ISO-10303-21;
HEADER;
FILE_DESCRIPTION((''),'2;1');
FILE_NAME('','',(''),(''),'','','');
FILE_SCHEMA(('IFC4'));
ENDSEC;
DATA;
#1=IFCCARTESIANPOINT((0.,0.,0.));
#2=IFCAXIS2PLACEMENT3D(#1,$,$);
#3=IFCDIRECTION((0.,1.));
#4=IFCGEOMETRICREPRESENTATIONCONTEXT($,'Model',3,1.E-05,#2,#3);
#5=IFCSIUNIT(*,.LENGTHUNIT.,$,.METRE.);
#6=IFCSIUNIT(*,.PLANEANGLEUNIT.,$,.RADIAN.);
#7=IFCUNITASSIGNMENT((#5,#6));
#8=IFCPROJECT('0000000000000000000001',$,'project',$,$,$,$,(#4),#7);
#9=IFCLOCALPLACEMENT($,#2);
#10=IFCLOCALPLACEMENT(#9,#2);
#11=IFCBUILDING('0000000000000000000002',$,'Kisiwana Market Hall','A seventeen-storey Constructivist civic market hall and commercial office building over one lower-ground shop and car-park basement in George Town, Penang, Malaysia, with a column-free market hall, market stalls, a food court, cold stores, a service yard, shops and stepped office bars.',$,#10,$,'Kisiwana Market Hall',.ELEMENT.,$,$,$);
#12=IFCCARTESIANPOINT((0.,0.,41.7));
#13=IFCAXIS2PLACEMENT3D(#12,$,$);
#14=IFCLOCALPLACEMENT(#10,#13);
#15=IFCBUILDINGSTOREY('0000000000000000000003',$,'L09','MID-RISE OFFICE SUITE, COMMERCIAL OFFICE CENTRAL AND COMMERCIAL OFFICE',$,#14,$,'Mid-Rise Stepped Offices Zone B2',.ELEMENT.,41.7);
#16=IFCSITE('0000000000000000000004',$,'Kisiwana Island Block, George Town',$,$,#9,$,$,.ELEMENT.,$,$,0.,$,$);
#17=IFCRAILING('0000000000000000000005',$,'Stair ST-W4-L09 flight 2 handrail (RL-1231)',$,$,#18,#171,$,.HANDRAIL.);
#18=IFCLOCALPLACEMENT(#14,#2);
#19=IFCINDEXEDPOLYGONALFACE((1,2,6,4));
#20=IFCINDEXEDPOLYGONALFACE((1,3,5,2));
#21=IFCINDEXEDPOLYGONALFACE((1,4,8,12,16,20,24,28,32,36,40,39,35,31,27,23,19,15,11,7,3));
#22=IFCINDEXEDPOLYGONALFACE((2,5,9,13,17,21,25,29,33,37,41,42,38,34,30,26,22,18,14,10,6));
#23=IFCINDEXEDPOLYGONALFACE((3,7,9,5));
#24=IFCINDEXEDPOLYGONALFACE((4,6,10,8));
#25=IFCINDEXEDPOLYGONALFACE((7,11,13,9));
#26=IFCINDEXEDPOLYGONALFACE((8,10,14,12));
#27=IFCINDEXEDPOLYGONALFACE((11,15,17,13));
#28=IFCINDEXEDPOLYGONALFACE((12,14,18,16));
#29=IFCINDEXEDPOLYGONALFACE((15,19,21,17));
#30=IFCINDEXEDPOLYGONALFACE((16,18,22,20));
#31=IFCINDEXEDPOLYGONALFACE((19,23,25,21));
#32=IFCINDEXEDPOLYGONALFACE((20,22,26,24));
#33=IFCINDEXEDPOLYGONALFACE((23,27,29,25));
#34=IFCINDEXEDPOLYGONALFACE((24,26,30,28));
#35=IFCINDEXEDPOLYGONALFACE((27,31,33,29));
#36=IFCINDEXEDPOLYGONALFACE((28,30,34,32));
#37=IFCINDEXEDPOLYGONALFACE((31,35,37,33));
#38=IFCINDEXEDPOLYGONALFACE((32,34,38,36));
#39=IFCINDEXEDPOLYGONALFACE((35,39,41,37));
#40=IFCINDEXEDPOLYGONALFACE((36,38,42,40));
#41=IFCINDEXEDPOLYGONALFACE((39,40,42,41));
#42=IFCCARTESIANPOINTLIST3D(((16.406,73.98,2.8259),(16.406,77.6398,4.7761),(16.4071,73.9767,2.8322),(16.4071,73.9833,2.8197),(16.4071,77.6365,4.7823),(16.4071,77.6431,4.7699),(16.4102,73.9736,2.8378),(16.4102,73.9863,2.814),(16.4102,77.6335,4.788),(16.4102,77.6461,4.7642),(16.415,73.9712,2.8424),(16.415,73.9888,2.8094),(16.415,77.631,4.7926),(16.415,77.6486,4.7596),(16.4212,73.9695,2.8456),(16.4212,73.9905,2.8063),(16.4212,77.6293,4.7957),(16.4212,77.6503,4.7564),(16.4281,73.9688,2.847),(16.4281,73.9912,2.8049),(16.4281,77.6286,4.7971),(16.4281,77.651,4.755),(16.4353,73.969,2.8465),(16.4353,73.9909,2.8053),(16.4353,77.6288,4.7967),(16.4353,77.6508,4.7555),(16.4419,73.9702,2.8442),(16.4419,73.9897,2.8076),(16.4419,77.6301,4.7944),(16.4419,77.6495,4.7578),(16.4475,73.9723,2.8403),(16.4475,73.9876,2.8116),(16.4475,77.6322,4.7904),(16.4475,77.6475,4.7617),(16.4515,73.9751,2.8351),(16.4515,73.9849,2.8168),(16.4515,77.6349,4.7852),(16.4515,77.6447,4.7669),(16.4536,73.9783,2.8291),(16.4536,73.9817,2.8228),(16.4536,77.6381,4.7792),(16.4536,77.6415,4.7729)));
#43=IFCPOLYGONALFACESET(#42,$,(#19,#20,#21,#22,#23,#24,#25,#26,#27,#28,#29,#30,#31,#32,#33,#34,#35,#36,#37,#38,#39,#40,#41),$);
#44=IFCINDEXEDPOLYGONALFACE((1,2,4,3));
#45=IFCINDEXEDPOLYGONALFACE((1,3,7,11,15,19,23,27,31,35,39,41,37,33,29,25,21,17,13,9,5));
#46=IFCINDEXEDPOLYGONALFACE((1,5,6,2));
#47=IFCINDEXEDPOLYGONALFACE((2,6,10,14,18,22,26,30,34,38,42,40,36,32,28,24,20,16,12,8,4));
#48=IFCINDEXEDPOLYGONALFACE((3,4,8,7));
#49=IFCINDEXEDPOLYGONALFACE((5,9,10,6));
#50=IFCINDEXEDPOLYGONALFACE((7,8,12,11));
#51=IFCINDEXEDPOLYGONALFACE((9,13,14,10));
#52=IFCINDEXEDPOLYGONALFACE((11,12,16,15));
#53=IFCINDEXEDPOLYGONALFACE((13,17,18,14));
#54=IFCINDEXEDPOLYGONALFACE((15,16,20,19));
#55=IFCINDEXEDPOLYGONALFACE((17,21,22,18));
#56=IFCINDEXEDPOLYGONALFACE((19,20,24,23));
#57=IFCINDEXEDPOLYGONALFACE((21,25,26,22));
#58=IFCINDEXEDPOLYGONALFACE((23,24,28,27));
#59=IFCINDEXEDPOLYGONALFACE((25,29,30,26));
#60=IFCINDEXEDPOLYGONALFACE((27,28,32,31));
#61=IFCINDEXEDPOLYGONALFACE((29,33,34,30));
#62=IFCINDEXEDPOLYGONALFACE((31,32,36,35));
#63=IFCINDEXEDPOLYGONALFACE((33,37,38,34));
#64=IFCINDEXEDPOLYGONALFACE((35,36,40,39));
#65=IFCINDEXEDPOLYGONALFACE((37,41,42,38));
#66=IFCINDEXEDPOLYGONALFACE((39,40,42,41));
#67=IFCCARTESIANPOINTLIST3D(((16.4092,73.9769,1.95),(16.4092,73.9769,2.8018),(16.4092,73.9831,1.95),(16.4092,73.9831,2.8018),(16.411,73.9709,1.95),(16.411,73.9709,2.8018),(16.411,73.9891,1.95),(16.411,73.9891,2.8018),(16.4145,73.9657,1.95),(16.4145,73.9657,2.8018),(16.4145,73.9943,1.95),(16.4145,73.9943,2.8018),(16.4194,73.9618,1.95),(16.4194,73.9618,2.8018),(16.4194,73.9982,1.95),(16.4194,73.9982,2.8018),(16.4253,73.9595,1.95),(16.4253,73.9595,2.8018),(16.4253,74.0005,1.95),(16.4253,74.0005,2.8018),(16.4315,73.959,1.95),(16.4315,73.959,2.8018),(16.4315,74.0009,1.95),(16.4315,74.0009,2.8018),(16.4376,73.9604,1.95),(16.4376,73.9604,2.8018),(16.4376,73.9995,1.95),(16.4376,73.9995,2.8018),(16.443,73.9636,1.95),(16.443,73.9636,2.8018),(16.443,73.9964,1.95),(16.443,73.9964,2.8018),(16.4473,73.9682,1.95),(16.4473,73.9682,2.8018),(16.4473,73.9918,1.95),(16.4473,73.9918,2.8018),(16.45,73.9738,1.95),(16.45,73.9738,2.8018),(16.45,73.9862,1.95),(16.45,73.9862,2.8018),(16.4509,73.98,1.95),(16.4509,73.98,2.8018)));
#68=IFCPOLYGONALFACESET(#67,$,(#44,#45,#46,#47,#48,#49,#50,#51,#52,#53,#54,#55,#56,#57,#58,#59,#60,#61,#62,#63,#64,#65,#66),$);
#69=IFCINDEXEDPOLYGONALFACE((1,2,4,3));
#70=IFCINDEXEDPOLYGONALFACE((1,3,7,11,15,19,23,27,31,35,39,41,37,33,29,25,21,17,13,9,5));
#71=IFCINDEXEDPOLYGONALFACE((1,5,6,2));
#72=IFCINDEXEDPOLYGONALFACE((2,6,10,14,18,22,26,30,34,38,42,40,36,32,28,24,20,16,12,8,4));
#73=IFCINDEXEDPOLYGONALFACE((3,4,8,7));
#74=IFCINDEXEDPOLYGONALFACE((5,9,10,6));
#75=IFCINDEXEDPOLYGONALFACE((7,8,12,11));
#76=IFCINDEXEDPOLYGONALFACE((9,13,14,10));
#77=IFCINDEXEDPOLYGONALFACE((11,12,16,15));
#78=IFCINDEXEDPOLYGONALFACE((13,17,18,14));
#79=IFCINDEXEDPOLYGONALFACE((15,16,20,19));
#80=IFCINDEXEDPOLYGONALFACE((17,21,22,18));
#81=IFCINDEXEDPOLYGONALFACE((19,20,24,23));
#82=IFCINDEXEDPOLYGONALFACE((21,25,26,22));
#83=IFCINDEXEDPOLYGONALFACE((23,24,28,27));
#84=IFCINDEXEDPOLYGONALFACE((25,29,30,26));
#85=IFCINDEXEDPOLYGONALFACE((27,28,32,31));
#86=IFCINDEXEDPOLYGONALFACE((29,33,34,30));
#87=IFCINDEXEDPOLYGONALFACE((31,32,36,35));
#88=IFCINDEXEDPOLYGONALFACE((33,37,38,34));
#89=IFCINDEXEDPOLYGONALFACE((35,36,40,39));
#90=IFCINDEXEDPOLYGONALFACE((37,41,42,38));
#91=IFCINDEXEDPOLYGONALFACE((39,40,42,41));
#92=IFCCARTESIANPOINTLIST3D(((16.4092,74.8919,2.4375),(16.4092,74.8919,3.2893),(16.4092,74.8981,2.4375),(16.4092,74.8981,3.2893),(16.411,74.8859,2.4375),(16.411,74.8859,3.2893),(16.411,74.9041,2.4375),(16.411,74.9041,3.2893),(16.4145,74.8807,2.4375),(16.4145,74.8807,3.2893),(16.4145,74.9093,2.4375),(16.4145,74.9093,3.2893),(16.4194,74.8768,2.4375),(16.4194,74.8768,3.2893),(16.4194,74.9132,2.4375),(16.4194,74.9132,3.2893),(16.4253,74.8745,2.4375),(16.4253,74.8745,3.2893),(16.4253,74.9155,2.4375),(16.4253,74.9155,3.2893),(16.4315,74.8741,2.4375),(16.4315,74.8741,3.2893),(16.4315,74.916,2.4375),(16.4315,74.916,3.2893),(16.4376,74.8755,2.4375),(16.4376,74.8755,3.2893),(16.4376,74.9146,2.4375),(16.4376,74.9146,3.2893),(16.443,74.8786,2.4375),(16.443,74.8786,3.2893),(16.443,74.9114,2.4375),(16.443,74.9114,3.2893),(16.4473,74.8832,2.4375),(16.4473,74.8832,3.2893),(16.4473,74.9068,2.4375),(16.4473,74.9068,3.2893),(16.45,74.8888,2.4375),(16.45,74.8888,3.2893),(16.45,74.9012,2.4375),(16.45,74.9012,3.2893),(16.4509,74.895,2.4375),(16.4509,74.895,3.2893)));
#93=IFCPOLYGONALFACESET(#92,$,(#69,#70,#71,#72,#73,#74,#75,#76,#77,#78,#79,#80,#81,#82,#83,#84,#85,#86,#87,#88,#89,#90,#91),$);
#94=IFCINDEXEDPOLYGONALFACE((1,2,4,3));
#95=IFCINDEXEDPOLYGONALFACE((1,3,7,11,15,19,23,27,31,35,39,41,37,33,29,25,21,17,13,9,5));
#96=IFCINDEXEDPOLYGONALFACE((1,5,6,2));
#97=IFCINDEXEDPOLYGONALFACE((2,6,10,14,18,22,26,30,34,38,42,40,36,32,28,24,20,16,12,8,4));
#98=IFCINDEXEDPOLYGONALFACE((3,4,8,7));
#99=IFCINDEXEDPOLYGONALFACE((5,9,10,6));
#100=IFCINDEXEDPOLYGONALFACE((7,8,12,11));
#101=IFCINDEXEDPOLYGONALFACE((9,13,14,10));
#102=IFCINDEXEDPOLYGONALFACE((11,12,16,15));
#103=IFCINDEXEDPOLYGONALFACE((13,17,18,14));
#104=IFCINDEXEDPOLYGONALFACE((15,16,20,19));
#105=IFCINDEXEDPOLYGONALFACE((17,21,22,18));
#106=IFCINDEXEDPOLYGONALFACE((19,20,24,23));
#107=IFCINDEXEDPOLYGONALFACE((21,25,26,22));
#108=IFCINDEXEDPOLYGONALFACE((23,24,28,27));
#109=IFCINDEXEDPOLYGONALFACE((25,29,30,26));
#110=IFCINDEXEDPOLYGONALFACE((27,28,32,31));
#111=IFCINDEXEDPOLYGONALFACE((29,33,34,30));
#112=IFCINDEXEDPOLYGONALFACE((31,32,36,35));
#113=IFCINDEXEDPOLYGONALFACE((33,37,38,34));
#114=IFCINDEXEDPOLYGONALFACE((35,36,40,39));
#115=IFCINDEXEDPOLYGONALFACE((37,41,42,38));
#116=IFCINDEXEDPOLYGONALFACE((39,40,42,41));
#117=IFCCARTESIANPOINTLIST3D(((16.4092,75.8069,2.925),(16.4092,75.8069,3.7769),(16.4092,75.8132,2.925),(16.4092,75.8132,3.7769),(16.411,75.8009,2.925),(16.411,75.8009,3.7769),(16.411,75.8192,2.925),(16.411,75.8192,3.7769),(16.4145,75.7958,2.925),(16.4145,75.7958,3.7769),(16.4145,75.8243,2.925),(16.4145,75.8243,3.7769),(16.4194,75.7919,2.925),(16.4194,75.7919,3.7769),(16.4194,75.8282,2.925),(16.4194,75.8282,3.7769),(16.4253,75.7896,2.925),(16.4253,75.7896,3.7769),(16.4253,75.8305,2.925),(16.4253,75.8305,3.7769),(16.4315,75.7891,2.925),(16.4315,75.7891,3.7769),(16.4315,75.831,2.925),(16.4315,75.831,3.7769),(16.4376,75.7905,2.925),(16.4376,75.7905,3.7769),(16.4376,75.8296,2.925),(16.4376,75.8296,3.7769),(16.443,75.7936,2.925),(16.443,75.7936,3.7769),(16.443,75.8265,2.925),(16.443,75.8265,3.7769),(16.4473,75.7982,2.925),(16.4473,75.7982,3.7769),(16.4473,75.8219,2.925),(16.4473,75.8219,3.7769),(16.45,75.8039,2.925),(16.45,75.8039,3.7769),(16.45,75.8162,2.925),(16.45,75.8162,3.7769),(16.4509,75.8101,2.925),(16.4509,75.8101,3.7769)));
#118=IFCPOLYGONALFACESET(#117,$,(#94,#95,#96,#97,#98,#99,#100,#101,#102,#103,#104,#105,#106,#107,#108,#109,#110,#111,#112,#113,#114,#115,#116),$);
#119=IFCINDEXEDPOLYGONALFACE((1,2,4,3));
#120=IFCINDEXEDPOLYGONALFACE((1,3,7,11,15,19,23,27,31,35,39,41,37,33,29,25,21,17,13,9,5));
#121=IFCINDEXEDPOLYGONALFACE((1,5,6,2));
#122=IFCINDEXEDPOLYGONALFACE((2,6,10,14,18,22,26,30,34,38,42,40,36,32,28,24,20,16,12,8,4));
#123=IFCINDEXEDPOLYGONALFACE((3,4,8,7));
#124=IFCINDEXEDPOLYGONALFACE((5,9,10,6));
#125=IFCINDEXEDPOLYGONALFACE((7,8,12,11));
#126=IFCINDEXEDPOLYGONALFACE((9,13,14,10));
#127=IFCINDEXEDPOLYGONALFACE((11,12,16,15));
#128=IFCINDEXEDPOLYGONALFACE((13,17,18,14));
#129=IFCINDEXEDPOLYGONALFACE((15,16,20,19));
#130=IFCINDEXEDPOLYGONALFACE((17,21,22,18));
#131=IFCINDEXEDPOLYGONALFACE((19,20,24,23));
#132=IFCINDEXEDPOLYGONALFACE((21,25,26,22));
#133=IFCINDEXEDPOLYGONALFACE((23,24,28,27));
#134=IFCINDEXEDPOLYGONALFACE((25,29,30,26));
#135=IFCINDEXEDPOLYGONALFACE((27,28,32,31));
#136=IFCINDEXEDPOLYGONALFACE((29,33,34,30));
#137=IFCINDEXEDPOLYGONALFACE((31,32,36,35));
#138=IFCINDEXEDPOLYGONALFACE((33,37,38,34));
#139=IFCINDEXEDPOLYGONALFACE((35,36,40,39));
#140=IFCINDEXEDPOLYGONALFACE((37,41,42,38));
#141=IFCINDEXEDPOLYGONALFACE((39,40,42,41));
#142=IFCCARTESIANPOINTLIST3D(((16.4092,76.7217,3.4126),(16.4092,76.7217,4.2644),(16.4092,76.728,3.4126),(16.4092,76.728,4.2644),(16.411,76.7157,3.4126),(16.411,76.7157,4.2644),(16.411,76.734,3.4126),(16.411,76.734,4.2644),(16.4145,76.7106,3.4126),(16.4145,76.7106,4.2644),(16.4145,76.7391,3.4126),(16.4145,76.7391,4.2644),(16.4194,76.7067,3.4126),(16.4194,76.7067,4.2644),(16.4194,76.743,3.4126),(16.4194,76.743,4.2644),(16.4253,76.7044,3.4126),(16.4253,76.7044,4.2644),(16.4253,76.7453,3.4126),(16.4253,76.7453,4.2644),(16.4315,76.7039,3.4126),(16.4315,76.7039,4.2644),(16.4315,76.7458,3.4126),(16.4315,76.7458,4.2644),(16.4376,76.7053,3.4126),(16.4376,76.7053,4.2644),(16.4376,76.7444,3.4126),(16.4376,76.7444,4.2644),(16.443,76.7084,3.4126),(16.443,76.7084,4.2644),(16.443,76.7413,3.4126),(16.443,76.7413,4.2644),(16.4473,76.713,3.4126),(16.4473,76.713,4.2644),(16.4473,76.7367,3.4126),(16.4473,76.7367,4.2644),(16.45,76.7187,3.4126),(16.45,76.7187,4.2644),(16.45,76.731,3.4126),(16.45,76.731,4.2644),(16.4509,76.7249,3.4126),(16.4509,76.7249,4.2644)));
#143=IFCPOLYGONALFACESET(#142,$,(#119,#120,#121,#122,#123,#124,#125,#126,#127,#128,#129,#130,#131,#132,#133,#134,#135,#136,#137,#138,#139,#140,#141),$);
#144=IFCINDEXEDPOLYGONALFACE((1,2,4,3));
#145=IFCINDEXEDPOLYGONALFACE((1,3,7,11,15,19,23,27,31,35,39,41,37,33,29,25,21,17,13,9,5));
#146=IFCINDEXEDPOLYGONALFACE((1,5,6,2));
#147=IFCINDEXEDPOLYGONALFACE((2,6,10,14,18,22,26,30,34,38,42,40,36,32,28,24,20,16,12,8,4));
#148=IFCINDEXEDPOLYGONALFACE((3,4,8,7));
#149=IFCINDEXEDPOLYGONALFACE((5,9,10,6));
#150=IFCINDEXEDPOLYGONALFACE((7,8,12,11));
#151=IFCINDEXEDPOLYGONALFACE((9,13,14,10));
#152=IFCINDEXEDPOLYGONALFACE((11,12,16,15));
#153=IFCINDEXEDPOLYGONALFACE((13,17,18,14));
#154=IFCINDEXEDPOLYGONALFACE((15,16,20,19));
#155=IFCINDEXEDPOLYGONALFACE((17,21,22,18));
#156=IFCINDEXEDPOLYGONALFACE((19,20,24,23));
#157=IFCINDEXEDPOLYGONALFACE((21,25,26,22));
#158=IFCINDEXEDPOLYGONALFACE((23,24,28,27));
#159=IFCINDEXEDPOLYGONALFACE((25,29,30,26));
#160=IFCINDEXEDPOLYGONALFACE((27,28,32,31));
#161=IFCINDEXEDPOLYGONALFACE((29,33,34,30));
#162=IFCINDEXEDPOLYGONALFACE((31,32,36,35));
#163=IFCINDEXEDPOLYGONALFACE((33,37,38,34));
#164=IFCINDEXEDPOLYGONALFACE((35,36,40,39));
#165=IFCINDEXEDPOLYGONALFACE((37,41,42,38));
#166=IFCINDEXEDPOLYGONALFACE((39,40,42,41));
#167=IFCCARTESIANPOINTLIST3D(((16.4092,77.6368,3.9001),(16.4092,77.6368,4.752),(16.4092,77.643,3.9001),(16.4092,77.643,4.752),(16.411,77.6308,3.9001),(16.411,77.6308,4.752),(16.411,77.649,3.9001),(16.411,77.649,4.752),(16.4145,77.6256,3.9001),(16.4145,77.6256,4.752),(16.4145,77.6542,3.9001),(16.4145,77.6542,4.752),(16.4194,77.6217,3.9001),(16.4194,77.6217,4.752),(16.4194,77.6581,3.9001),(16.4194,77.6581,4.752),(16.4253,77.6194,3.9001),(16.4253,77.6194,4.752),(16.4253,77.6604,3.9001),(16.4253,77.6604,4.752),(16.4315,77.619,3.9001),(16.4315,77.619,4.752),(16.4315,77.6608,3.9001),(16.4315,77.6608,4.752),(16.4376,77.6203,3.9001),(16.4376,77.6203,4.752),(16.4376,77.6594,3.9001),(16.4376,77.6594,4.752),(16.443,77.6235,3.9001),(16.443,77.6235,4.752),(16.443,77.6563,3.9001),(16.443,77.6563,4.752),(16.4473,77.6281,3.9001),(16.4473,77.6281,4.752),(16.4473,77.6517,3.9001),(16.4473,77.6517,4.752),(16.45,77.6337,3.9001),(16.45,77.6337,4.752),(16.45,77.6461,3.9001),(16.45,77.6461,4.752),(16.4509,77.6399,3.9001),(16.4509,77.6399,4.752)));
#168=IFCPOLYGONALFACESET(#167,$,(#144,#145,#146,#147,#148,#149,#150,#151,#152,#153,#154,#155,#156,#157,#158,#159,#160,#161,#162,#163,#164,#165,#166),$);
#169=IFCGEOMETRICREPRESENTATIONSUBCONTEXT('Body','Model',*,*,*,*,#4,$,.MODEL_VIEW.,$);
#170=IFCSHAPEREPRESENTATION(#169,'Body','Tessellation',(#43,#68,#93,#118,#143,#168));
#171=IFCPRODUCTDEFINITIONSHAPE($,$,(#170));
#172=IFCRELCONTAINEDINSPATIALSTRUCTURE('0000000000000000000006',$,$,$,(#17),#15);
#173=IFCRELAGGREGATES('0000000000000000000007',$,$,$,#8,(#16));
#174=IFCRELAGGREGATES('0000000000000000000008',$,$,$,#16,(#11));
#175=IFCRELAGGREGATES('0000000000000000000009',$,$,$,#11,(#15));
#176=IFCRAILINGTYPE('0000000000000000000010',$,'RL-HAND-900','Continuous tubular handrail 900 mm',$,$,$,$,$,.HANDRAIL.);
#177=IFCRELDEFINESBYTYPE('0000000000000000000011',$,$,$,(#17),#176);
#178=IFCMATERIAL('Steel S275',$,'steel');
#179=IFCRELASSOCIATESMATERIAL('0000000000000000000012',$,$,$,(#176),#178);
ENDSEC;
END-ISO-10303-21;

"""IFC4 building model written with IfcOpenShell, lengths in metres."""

from ifc_helpers import new_model, si_unit, direction, frame, origin, origin_2d, place, context, subcontext, project, spatial, circle, extrude, material, type_object, element, save


model = new_model("IFC4")

# Units and contexts
model_context = context("Model", 3, precision=1e-05, world=origin(), true_north=direction((0.0, 1.0)))
body_context = subcontext(model_context, "Body", "Model", "MODEL_VIEW")
ifc_project = project(units=[si_unit("LENGTHUNIT", "METRE"), si_unit("PLANEANGLEUNIT", "RADIAN")], contexts=[model_context])

# Site, building, storey
site_placement = place(None, origin())
site = spatial("IfcSite", under=ifc_project, at=site_placement, Name="Kisiwana Island Block, George Town", CompositionType="ELEMENT", RefElevation=0.0)
building_placement = place(site_placement, origin())
building = spatial("IfcBuilding", under=site, at=building_placement, Name="Kisiwana Market Hall", Description="A seventeen-storey Constructivist civic market hall and commercial office building over one lower-ground shop and car-park basement in George Town, Penang, Malaysia, with a column-free market hall, market stalls, a food court, cold stores, a service yard, shops and stepped office bars.", LongName="Kisiwana Market Hall", CompositionType="ELEMENT")
storey_placement = place(building_placement, frame((0.0, 0.0, 41.7)))
storey = spatial("IfcBuildingStorey", under=building, at=storey_placement, Name="L09", Description="MID-RISE OFFICE SUITE, COMMERCIAL OFFICE CENTRAL AND COMMERCIAL OFFICE", LongName="Mid-Rise Stepped Offices Zone B2", CompositionType="ELEMENT", Elevation=41.7)

# Railing
ifc_material_1 = material(Name="Steel S275", Category="steel")
railing_type_1 = type_object("IfcRailingType", Name="RL-HAND-900", Description="Continuous tubular handrail 900 mm", PredefinedType="HANDRAIL", material=ifc_material_1)
for number, where, name in (
    (1, (16.4299, 73.98, 1.95), "Stair ST-W4-L09 flight 2 handrail (RL-1231)"),
):
    element("IfcRailing", number, at=place(storey_placement, frame(where)), inside=storey, type_object=railing_type_1, Name=name, PredefinedType="HANDRAIL", context=body_context, shape_type="SweptSolid", body=[
        extrude(circle(Radius=0.0239, at=origin_2d()), frame((0.0, 0.0, 0.876), z_axis=(0.0, 0.882529, 0.470258), x_axis=(-1.0, 0.0, 0.0)), (0.0, 0.0, 1.0), 4.147),
        extrude(circle(Radius=0.021, at=origin_2d()), origin(), (0.0, 0.0, 1.0), 0.8518),
        extrude(circle(Radius=0.021, at=origin_2d()), frame((0.0, 0.915, 0.4875)), (0.0, 0.0, 1.0), 0.8518),
        extrude(circle(Radius=0.021, at=origin_2d()), frame((0.0, 1.8301, 0.9751)), (0.0, 0.0, 1.0), 0.8518),
        extrude(circle(Radius=0.021, at=origin_2d()), frame((0.0, 2.7449, 1.4626)), (0.0, 0.0, 1.0), 0.8518),
        extrude(circle(Radius=0.021, at=origin_2d()), frame((0.0, 3.6599, 1.9502)), (0.0, 0.0, 1.0), 0.8518),
    ])

save(model, "model.ifc")
